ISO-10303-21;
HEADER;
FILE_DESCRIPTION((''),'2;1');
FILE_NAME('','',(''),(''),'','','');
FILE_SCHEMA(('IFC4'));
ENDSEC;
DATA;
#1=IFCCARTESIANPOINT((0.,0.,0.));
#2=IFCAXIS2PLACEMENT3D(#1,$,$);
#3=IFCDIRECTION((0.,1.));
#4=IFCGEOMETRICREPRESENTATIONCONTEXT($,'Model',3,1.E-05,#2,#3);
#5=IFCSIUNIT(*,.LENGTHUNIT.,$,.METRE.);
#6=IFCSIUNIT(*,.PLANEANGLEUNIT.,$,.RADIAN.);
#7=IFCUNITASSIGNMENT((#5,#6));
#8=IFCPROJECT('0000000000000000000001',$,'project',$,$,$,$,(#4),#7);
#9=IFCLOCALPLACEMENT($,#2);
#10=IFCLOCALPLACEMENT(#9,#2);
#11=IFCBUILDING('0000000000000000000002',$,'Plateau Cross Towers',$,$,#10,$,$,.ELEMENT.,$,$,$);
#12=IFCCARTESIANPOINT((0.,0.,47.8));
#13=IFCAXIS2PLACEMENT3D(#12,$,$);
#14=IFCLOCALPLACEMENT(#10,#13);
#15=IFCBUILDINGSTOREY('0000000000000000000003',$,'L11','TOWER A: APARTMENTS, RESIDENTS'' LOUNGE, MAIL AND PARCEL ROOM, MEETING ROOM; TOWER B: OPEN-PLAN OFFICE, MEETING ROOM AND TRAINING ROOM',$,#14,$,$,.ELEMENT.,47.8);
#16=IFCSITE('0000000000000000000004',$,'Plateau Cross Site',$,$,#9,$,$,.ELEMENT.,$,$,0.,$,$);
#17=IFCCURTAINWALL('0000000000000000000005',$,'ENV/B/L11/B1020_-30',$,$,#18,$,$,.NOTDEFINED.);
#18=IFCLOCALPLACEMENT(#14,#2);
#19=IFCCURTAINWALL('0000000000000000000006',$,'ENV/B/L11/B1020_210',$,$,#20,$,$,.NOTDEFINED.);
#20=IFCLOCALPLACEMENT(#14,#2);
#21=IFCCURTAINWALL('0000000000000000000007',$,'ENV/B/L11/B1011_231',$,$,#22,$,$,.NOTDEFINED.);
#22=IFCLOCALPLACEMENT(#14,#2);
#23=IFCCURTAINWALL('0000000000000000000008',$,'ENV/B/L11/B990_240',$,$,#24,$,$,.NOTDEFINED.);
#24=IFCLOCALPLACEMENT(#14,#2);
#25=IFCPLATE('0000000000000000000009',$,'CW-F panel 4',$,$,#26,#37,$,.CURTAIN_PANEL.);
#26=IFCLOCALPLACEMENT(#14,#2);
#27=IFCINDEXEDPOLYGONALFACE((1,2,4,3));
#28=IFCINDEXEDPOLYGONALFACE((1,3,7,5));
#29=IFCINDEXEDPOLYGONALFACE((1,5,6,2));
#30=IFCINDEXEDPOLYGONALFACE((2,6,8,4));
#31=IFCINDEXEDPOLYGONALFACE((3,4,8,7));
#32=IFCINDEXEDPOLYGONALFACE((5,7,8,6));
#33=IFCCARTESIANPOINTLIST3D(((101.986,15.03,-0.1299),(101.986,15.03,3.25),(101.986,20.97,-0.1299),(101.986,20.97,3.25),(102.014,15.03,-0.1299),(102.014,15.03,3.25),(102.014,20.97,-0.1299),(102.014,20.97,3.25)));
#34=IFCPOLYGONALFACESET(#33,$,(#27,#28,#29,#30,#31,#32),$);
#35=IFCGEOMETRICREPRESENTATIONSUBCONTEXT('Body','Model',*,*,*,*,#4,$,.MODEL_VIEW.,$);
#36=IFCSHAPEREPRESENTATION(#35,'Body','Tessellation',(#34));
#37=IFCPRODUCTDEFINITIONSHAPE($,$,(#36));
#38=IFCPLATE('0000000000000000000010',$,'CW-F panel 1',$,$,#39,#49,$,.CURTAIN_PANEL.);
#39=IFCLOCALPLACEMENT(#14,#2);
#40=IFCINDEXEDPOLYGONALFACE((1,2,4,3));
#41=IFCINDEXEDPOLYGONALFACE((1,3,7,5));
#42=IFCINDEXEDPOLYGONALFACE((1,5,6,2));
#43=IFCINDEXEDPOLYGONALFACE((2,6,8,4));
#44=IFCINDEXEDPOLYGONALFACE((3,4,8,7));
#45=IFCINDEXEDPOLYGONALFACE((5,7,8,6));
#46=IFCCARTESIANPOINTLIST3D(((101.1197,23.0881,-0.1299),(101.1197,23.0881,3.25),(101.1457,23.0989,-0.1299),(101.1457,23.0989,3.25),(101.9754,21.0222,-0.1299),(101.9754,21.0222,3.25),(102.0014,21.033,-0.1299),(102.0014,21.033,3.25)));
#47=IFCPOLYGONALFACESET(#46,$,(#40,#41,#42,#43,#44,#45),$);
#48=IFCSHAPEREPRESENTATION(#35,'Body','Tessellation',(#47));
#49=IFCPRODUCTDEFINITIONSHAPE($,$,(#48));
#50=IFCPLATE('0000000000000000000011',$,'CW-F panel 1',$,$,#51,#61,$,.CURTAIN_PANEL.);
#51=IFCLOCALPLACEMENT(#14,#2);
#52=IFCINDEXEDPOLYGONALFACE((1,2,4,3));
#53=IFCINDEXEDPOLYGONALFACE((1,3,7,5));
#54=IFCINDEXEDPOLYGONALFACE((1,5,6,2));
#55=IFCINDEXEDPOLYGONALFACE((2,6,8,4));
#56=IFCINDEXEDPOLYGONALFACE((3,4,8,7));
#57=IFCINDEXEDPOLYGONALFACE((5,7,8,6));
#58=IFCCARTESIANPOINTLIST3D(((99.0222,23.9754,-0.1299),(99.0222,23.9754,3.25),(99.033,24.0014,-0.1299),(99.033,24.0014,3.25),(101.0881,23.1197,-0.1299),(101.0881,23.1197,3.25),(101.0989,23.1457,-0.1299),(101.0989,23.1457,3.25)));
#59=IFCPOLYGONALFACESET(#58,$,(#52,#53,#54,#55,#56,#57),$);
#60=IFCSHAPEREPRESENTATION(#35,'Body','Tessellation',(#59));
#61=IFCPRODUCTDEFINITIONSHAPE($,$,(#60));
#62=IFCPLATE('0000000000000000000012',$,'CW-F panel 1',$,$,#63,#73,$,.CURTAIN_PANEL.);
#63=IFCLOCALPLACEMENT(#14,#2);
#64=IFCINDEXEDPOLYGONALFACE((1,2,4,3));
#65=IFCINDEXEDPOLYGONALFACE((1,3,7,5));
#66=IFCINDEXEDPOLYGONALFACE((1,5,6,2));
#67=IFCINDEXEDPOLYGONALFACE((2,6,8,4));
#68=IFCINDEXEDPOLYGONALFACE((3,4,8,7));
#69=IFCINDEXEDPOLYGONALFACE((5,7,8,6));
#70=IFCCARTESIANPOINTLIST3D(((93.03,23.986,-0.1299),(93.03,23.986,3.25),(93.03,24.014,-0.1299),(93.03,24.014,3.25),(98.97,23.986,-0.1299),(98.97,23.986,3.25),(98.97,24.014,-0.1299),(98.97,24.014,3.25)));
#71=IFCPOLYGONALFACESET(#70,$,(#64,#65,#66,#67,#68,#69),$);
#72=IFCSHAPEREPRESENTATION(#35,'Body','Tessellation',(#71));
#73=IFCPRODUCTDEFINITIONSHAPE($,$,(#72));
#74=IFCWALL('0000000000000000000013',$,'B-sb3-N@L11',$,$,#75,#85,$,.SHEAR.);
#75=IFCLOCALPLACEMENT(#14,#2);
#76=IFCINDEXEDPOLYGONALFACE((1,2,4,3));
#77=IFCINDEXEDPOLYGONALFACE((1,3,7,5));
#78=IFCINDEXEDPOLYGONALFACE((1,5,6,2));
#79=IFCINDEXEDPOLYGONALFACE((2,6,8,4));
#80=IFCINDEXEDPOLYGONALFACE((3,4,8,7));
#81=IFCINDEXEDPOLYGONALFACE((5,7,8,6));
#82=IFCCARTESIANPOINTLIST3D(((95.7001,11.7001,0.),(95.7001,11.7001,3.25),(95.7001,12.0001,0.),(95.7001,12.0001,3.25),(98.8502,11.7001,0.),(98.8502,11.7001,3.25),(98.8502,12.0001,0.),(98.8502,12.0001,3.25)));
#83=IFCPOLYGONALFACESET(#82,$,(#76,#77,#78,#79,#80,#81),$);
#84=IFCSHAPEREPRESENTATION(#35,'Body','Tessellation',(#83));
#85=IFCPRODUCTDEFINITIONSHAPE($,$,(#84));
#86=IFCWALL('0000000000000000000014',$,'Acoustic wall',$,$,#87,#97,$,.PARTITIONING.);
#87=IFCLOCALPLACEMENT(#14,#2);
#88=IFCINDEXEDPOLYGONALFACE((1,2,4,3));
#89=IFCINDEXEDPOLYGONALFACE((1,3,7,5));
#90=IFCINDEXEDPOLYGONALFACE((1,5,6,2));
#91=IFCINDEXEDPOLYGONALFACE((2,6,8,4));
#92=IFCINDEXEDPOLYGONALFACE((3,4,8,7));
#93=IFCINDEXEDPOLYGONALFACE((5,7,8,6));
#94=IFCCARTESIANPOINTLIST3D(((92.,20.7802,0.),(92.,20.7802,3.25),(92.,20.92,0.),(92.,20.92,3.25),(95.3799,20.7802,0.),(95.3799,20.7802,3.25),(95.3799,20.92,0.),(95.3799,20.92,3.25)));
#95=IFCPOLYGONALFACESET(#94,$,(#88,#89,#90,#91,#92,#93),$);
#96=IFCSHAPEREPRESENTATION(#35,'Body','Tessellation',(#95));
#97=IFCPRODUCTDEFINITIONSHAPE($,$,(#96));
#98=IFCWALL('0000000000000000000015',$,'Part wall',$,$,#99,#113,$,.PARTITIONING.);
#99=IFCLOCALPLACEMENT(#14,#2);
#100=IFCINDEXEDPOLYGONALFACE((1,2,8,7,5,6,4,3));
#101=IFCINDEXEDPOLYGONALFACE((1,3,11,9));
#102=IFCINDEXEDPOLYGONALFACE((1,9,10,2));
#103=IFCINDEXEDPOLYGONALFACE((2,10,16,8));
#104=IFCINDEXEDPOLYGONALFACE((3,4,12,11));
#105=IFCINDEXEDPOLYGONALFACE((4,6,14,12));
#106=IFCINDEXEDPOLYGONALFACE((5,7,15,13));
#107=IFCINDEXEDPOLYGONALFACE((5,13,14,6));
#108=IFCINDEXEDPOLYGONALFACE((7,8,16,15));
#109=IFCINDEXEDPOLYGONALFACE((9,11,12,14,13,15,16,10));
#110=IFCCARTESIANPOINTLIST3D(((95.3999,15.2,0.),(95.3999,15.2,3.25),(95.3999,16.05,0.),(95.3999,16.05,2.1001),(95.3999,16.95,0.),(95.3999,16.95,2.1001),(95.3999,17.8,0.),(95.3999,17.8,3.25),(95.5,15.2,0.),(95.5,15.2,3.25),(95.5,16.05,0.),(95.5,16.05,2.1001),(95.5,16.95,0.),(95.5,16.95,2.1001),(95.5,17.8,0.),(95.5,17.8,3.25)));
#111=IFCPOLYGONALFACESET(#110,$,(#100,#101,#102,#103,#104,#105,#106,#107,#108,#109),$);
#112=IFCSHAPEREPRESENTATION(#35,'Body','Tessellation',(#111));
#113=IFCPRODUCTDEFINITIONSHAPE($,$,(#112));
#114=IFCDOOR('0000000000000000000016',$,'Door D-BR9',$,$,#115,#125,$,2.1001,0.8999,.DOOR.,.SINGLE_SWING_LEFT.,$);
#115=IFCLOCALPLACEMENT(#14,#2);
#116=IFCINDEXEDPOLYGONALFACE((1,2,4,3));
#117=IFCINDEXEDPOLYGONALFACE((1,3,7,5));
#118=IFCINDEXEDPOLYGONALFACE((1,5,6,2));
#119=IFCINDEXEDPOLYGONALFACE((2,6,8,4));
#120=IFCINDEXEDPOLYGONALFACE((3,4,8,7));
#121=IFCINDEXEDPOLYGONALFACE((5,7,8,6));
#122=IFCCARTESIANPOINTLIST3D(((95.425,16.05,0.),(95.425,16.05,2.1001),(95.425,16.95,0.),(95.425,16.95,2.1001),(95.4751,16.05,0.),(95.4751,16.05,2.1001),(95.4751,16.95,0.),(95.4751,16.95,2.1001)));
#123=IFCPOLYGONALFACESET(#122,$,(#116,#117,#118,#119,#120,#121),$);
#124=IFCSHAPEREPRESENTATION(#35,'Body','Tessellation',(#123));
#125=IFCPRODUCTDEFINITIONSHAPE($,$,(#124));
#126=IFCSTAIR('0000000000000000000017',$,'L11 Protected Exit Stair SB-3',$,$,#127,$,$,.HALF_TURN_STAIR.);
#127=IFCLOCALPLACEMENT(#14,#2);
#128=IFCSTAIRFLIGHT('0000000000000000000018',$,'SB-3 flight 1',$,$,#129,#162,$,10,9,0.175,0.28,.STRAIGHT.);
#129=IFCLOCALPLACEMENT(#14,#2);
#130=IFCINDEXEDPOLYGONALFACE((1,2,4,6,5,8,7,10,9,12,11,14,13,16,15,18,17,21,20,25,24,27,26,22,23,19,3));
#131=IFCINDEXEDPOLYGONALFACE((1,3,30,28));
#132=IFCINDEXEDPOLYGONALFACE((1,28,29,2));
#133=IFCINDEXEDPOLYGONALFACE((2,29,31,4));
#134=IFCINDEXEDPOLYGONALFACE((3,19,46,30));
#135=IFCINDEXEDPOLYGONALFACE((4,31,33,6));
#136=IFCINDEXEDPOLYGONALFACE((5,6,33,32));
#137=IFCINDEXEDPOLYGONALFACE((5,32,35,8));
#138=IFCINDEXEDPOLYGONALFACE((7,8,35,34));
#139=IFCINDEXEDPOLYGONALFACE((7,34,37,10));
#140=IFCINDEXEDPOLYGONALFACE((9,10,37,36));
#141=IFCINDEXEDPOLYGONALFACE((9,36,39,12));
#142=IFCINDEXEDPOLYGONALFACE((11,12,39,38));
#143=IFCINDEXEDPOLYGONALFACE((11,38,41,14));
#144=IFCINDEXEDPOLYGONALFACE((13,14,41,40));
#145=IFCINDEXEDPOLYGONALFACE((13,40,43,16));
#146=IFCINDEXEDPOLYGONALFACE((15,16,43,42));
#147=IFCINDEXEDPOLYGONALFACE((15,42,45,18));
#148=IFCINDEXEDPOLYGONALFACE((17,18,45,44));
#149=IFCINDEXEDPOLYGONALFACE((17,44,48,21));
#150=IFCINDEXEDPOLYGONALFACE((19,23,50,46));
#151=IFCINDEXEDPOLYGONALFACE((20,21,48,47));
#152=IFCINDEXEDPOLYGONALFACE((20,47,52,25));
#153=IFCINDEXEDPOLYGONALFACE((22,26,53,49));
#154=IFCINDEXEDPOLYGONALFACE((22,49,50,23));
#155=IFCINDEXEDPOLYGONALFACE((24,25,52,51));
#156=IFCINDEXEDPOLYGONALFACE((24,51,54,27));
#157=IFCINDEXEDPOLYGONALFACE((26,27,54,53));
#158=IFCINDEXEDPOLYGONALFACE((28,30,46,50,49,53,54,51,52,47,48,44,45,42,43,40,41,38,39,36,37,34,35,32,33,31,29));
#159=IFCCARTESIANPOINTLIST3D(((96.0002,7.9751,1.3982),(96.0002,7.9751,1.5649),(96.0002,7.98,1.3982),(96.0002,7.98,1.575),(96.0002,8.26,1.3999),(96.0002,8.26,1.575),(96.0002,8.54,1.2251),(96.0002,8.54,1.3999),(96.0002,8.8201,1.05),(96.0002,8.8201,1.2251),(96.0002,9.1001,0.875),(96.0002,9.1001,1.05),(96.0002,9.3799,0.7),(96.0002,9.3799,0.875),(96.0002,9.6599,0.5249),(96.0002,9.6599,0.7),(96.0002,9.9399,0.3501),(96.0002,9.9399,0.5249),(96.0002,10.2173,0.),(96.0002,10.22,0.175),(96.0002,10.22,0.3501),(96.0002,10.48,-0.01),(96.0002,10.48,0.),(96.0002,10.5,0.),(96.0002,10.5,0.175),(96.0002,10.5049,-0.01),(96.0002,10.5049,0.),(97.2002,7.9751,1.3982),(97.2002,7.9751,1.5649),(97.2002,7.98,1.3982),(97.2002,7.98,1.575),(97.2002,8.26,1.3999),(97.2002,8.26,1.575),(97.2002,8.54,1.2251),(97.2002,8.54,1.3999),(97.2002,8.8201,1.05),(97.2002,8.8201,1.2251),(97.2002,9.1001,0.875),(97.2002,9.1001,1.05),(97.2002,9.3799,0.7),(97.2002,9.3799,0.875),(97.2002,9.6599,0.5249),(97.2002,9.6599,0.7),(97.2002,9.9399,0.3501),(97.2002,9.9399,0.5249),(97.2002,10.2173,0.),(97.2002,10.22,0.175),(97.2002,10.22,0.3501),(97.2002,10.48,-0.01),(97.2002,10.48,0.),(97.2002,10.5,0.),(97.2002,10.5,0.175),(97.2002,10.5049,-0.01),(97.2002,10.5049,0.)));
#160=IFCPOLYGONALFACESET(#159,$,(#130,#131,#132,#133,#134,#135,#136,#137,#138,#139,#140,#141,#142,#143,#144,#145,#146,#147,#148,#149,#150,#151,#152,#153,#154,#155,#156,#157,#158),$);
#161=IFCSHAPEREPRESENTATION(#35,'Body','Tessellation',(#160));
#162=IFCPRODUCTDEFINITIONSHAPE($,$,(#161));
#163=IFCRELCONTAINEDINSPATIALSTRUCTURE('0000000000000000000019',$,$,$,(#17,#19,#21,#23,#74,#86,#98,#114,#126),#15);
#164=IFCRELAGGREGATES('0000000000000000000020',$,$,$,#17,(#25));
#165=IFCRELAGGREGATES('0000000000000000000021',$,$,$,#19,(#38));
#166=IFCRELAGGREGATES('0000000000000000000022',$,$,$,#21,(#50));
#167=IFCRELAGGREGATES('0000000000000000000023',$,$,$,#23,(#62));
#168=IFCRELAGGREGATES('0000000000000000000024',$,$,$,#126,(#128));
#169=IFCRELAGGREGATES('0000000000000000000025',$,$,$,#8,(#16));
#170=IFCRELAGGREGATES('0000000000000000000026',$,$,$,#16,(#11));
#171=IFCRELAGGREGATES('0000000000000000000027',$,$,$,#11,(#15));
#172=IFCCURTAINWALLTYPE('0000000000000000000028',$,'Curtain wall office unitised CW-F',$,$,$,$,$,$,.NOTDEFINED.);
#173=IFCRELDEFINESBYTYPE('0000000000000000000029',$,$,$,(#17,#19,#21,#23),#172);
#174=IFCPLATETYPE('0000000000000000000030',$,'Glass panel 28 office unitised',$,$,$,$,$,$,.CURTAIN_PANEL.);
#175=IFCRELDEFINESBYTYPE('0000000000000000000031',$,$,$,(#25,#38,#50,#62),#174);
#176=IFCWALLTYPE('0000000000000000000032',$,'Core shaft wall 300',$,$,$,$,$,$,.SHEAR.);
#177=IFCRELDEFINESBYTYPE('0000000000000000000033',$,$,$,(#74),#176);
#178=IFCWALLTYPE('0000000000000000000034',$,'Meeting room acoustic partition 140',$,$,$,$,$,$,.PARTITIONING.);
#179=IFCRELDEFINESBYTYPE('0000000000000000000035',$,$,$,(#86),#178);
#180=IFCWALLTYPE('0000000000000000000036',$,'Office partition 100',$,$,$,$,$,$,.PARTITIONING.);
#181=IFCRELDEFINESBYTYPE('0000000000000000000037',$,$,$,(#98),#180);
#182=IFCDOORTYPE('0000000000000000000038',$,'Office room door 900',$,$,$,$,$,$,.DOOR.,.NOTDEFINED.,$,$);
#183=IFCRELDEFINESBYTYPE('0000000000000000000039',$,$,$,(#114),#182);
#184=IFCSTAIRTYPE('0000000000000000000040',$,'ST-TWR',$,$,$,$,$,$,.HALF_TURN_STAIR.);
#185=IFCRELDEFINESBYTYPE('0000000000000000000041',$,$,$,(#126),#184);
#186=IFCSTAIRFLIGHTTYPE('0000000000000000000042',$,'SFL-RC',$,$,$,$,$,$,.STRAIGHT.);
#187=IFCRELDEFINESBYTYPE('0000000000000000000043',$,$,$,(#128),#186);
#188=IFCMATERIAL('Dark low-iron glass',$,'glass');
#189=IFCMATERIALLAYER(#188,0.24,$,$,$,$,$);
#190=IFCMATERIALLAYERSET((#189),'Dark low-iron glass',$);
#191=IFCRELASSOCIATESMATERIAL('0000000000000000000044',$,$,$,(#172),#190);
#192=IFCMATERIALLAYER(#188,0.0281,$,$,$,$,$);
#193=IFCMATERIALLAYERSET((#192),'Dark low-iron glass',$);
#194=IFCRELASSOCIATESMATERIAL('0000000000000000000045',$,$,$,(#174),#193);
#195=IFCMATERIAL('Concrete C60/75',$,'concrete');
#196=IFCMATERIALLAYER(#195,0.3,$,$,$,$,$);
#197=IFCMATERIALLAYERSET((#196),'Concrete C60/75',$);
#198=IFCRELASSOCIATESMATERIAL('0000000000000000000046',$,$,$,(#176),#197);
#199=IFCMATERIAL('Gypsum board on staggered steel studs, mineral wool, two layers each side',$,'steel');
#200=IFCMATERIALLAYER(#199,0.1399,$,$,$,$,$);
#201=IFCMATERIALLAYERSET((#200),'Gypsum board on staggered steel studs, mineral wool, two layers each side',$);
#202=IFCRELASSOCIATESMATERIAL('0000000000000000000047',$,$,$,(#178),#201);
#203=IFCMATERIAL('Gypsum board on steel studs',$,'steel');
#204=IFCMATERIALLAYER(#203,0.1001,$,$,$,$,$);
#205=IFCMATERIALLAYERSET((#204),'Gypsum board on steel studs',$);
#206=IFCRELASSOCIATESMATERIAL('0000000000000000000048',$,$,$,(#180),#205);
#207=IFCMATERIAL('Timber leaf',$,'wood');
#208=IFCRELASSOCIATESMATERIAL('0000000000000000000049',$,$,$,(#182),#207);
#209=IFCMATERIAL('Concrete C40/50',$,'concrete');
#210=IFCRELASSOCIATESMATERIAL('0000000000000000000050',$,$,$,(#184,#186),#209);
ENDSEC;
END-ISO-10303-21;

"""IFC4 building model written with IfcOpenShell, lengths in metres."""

from ifc_helpers import new_model, si_unit, direction, frame, frame_2d, origin, origin_2d, place, context, subcontext, project, spatial, polyline, rectangle, outline, extrude, material, layer, layer_set, type_object, element, fill, aggregate, save


model = new_model("IFC4")

# Units and contexts
model_context = context("Model", 3, precision=1e-05, world=origin(), true_north=direction((0.0, 1.0)))
body_context = subcontext(model_context, "Body", "Model", "MODEL_VIEW")
ifc_project = project(units=[si_unit("LENGTHUNIT", "METRE"), si_unit("PLANEANGLEUNIT", "RADIAN")], contexts=[model_context])

# Site, building, storey
site_placement = place(None, origin())
site = spatial("IfcSite", under=ifc_project, at=site_placement, Name="Plateau Cross Site", CompositionType="ELEMENT", RefElevation=0.0)
building_placement = place(site_placement, origin())
building = spatial("IfcBuilding", under=site, at=building_placement, Name="Plateau Cross Towers", CompositionType="ELEMENT")
storey_placement = place(building_placement, frame((0.0, 0.0, 47.8)))
storey = spatial("IfcBuildingStorey", under=building, at=storey_placement, Name="L11", Description="TOWER A: APARTMENTS, RESIDENTS' LOUNGE, MAIL AND PARCEL ROOM, MEETING ROOM; TOWER B: OPEN-PLAN OFFICE, MEETING ROOM AND TRAINING ROOM", CompositionType="ELEMENT", Elevation=47.8)

# Shared definitions
ifc_material_1 = material(Name="Concrete C60/75", Category="concrete")

# Curtain wall
ifc_material_2 = material(Name="Dark low-iron glass", Category="glass")
ifc_layer_1 = layer(ifc_material_2, 0.24)
ifc_layer_set_1 = layer_set([ifc_layer_1], Name="Dark low-iron glass")
curtain_wall_type = type_object("IfcCurtainWallType", Name="Curtain wall office unitised CW-F", PredefinedType="NOTDEFINED", material=ifc_layer_set_1)
curtain_wall_1_placement = place(storey_placement, origin())
curtain_wall_1 = element("IfcCurtainWall", 1, at=curtain_wall_1_placement, inside=storey, type_object=curtain_wall_type, Name="ENV/B/L11/B1020_-30", PredefinedType="NOTDEFINED")

# Curtain walls
curtain_wall_2_placement = place(storey_placement, origin())
curtain_wall_2 = element("IfcCurtainWall", 2, at=curtain_wall_2_placement, inside=storey, type_object=curtain_wall_type, Name="ENV/B/L11/B1020_210", PredefinedType="NOTDEFINED")
curtain_wall_3_placement = place(storey_placement, origin())
curtain_wall_3 = element("IfcCurtainWall", 3, at=curtain_wall_3_placement, inside=storey, type_object=curtain_wall_type, Name="ENV/B/L11/B1011_231", PredefinedType="NOTDEFINED")

# Curtain wall
curtain_wall_4_placement = place(storey_placement, origin())
curtain_wall_4 = element("IfcCurtainWall", 4, at=curtain_wall_4_placement, inside=storey, type_object=curtain_wall_type, Name="ENV/B/L11/B990_240", PredefinedType="NOTDEFINED")

# Plates
ifc_layer_2 = layer(ifc_material_2, 0.0281)
ifc_layer_set_2 = layer_set([ifc_layer_2], Name="Dark low-iron glass")
plate_type = type_object("IfcPlateType", Name="Glass panel 28 office unitised", PredefinedType="CURTAIN_PANEL", material=ifc_layer_set_2)
plate_1_placement = place(storey_placement, frame((102.0, 18.0, -0.1299), z_axis=(0.0, 0.0, 1.0), x_axis=(0.0, 1.0, 0.0)))
plate_1 = element("IfcPlate", 5, at=plate_1_placement, type_object=plate_type, Name="CW-F panel 4", PredefinedType="CURTAIN_PANEL", context=body_context, shape_type="SweptSolid", body=[
    extrude(rectangle(XDim=5.9399, YDim=0.0281, at=origin_2d()), origin(), (0.0, 0.0, 1.0), 3.3799),
])
aggregate(curtain_wall_1, [plate_1])
plate_2_placement = place(storey_placement, frame((101.5605, 22.0605, -0.1299), z_axis=(0.0, 0.0, 1.0), x_axis=(-0.382684, 0.923879, 0.0)))
plate_2 = element("IfcPlate", 6, at=plate_2_placement, type_object=plate_type, Name="CW-F panel 1", PredefinedType="CURTAIN_PANEL", context=body_context, shape_type="SweptSolid", body=[
    extrude(rectangle(XDim=2.2361, YDim=0.0281, at=origin_2d()), origin(), (0.0, 0.0, 1.0), 3.3799),
])
aggregate(curtain_wall_2, [plate_2])
plate_3_placement = place(storey_placement, frame((100.0605, 23.5605, -0.1299), z_axis=(0.0, 0.0, 1.0), x_axis=(-0.923879, 0.382684, 0.0)))
plate_3 = element("IfcPlate", 7, at=plate_3_placement, type_object=plate_type, Name="CW-F panel 1", PredefinedType="CURTAIN_PANEL", context=body_context, shape_type="SweptSolid", body=[
    extrude(rectangle(XDim=2.2361, YDim=0.0281, at=origin_2d()), origin(), (0.0, 0.0, 1.0), 3.3799),
])
aggregate(curtain_wall_3, [plate_3])
plate_4_placement = place(storey_placement, frame((96.0, 24.0, -0.1299), z_axis=(0.0, 0.0, 1.0), x_axis=(-1.0, 0.0, 0.0)))
plate_4 = element("IfcPlate", 8, at=plate_4_placement, type_object=plate_type, Name="CW-F panel 1", PredefinedType="CURTAIN_PANEL", context=body_context, shape_type="SweptSolid", body=[
    extrude(rectangle(XDim=5.9399, YDim=0.0281, at=origin_2d()), origin(), (0.0, 0.0, 1.0), 3.3799),
])
aggregate(curtain_wall_4, [plate_4])

# Wall
ifc_layer_3 = layer(ifc_material_1, 0.3)
ifc_layer_set_3 = layer_set([ifc_layer_3], Name="Concrete C60/75")
wall_type_1 = type_object("IfcWallType", Name="Core shaft wall 300", PredefinedType="SHEAR", material=ifc_layer_set_3)
wall_1_placement = place(storey_placement, frame((95.7, 11.8501, 0.0), z_axis=(0.0, 0.0, 1.0), x_axis=(1.0, 0.0, 0.0)))
element("IfcWall", 9, at=wall_1_placement, inside=storey, type_object=wall_type_1, Name="B-sb3-N@L11", PredefinedType="SHEAR", context=body_context, shape_type="SweptSolid", body=[
    extrude(rectangle(XDim=3.1501, YDim=0.3, at=frame_2d((1.5752, 0.0))), origin(), (0.0, 0.0, 1.0), 3.25),
])

# Shared definitions
ifc_material_3 = material(Name="Gypsum board on staggered steel studs, mineral wool, two layers each side", Category="steel")
ifc_layer_4 = layer(ifc_material_3, 0.1399)
ifc_layer_set_4 = layer_set([ifc_layer_4], Name="Gypsum board on staggered steel studs, mineral wool, two layers each side")
wall_type_2 = type_object("IfcWallType", Name="Meeting room acoustic partition 140", PredefinedType="PARTITIONING", material=ifc_layer_set_4)

# Wall
wall_2_placement = place(storey_placement, frame((92.0, 20.8501, 0.0), z_axis=(0.0, 0.0, 1.0), x_axis=(1.0, 0.0, 0.0)))
element("IfcWall", 10, at=wall_2_placement, inside=storey, type_object=wall_type_2, Name="Acoustic wall", PredefinedType="PARTITIONING", context=body_context, shape_type="SweptSolid", body=[
    extrude(rectangle(XDim=3.3799, YDim=0.1399, at=frame_2d((1.6899, 0.0))), origin(), (0.0, 0.0, 1.0), 3.25),
])

# Wall, opening, door
ifc_material_4 = material(Name="Gypsum board on steel studs", Category="steel")
ifc_layer_5 = layer(ifc_material_4, 0.1001)
ifc_layer_set_5 = layer_set([ifc_layer_5], Name="Gypsum board on steel studs")
wall_type_3 = type_object("IfcWallType", Name="Office partition 100", PredefinedType="PARTITIONING", material=ifc_layer_set_5)
wall_3_placement = place(storey_placement, frame((95.45, 15.2, 0.0), z_axis=(0.0, 0.0, 1.0), x_axis=(0.0, 1.0, 0.0)))
wall_3 = element("IfcWall", 11, at=wall_3_placement, inside=storey, type_object=wall_type_3, Name="Part wall", PredefinedType="PARTITIONING", context=body_context, shape_type="SweptSolid", body=[
    extrude(rectangle(XDim=2.6001, YDim=0.1001, at=frame_2d((1.3, 0.0))), origin(), (0.0, 0.0, 1.0), 3.25),
])
opening_1_placement = place(wall_3_placement, frame((0.8501, 0.0, 0.0)))
opening_1 = element("IfcOpeningElement", 12, at=opening_1_placement, cuts=wall_3, PredefinedType="OPENING", context=body_context, shape_type="SweptSolid", body=[
    extrude(rectangle(XDim=0.8999, YDim=2.1001, at=frame_2d((0.45, 1.05))), frame((0.0, 0.0601, 0.0), z_axis=(0.0, -1.0, 0.0), x_axis=(1.0, 0.0, 0.0)), (0.0, 0.0, 1.0), 0.1201),
])
ifc_material_5 = material(Name="Timber leaf", Category="wood")
door_type_1 = type_object("IfcDoorType", Name="Office room door 900", OperationType="NOTDEFINED", PredefinedType="DOOR", material=ifc_material_5)
door_1_placement = place(opening_1_placement, origin())
door_1 = element("IfcDoor", 13, at=door_1_placement, inside=storey, type_object=door_type_1, Name="Door D-BR9", OperationType="SINGLE_SWING_LEFT", OverallHeight=2.1001, OverallWidth=0.8999, PredefinedType="DOOR", context=body_context, shape_type="SweptSolid", body=[
    extrude(rectangle(XDim=0.8999, YDim=2.1001, at=frame_2d((0.45, 1.05))), frame((0.0, 0.0249, 0.0), z_axis=(0.0, -1.0, 0.0), x_axis=(1.0, 0.0, 0.0)), (0.0, 0.0, 1.0), 0.05),
])
fill(opening_1, door_1)

# Stair, stair flight
ifc_material_6 = material(Name="Concrete C40/50", Category="concrete")
stair_type = type_object("IfcStairType", Name="ST-TWR", PredefinedType="HALF_TURN_STAIR", material=ifc_material_6)
stair_placement = place(storey_placement, origin())
stair = element("IfcStair", 14, at=stair_placement, inside=storey, type_object=stair_type, Name="L11 Protected Exit Stair SB-3", PredefinedType="HALF_TURN_STAIR")
stair_flight_type = type_object("IfcStairFlightType", Name="SFL-RC", PredefinedType="STRAIGHT", material=ifc_material_6)
stair_flight_1_placement = place(storey_placement, frame((96.6001, 10.5, 0.0), z_axis=(0.0, 0.0, 1.0), x_axis=(0.0, -1.0, 0.0)))
stair_flight_1 = element("IfcStairFlight", 15, at=stair_flight_1_placement, type_object=stair_flight_type, Name="SB-3 flight 1", NumberOfRisers=10, NumberOfTreads=9, PredefinedType="STRAIGHT", RiserHeight=0.175, TreadLength=0.28, context=body_context, shape_type="SweptSolid", body=[
    extrude(outline(polyline([(-0.0049, -0.01), (-0.0049, 0.0), (0.0, 0.0), (0.0, 0.175), (0.28, 0.175), (0.28, 0.3501), (0.5601, 0.3501), (0.5601, 0.5249), (0.8401, 0.5249), (0.8401, 0.7), (1.1201, 0.7), (1.1201, 0.875), (1.3999, 0.875), (1.3999, 1.05), (1.6799, 1.05), (1.6799, 1.2251), (1.96, 1.2251), (1.96, 1.3999), (2.24, 1.3999), (2.24, 1.575), (2.52, 1.575), (2.5249, 1.5649), (2.5249, 1.3982), (2.52, 1.3982), (0.2827, 0.0), (0.02, 0.0), (0.02, -0.01), (-0.0049, -0.01)])), frame((0.0, 0.6001, 0.0), z_axis=(0.0, -1.0, 0.0), x_axis=(1.0, 0.0, 0.0)), (0.0, 0.0, 1.0), 1.2),
])
aggregate(stair, [stair_flight_1])

save(model, "model.ifc")
